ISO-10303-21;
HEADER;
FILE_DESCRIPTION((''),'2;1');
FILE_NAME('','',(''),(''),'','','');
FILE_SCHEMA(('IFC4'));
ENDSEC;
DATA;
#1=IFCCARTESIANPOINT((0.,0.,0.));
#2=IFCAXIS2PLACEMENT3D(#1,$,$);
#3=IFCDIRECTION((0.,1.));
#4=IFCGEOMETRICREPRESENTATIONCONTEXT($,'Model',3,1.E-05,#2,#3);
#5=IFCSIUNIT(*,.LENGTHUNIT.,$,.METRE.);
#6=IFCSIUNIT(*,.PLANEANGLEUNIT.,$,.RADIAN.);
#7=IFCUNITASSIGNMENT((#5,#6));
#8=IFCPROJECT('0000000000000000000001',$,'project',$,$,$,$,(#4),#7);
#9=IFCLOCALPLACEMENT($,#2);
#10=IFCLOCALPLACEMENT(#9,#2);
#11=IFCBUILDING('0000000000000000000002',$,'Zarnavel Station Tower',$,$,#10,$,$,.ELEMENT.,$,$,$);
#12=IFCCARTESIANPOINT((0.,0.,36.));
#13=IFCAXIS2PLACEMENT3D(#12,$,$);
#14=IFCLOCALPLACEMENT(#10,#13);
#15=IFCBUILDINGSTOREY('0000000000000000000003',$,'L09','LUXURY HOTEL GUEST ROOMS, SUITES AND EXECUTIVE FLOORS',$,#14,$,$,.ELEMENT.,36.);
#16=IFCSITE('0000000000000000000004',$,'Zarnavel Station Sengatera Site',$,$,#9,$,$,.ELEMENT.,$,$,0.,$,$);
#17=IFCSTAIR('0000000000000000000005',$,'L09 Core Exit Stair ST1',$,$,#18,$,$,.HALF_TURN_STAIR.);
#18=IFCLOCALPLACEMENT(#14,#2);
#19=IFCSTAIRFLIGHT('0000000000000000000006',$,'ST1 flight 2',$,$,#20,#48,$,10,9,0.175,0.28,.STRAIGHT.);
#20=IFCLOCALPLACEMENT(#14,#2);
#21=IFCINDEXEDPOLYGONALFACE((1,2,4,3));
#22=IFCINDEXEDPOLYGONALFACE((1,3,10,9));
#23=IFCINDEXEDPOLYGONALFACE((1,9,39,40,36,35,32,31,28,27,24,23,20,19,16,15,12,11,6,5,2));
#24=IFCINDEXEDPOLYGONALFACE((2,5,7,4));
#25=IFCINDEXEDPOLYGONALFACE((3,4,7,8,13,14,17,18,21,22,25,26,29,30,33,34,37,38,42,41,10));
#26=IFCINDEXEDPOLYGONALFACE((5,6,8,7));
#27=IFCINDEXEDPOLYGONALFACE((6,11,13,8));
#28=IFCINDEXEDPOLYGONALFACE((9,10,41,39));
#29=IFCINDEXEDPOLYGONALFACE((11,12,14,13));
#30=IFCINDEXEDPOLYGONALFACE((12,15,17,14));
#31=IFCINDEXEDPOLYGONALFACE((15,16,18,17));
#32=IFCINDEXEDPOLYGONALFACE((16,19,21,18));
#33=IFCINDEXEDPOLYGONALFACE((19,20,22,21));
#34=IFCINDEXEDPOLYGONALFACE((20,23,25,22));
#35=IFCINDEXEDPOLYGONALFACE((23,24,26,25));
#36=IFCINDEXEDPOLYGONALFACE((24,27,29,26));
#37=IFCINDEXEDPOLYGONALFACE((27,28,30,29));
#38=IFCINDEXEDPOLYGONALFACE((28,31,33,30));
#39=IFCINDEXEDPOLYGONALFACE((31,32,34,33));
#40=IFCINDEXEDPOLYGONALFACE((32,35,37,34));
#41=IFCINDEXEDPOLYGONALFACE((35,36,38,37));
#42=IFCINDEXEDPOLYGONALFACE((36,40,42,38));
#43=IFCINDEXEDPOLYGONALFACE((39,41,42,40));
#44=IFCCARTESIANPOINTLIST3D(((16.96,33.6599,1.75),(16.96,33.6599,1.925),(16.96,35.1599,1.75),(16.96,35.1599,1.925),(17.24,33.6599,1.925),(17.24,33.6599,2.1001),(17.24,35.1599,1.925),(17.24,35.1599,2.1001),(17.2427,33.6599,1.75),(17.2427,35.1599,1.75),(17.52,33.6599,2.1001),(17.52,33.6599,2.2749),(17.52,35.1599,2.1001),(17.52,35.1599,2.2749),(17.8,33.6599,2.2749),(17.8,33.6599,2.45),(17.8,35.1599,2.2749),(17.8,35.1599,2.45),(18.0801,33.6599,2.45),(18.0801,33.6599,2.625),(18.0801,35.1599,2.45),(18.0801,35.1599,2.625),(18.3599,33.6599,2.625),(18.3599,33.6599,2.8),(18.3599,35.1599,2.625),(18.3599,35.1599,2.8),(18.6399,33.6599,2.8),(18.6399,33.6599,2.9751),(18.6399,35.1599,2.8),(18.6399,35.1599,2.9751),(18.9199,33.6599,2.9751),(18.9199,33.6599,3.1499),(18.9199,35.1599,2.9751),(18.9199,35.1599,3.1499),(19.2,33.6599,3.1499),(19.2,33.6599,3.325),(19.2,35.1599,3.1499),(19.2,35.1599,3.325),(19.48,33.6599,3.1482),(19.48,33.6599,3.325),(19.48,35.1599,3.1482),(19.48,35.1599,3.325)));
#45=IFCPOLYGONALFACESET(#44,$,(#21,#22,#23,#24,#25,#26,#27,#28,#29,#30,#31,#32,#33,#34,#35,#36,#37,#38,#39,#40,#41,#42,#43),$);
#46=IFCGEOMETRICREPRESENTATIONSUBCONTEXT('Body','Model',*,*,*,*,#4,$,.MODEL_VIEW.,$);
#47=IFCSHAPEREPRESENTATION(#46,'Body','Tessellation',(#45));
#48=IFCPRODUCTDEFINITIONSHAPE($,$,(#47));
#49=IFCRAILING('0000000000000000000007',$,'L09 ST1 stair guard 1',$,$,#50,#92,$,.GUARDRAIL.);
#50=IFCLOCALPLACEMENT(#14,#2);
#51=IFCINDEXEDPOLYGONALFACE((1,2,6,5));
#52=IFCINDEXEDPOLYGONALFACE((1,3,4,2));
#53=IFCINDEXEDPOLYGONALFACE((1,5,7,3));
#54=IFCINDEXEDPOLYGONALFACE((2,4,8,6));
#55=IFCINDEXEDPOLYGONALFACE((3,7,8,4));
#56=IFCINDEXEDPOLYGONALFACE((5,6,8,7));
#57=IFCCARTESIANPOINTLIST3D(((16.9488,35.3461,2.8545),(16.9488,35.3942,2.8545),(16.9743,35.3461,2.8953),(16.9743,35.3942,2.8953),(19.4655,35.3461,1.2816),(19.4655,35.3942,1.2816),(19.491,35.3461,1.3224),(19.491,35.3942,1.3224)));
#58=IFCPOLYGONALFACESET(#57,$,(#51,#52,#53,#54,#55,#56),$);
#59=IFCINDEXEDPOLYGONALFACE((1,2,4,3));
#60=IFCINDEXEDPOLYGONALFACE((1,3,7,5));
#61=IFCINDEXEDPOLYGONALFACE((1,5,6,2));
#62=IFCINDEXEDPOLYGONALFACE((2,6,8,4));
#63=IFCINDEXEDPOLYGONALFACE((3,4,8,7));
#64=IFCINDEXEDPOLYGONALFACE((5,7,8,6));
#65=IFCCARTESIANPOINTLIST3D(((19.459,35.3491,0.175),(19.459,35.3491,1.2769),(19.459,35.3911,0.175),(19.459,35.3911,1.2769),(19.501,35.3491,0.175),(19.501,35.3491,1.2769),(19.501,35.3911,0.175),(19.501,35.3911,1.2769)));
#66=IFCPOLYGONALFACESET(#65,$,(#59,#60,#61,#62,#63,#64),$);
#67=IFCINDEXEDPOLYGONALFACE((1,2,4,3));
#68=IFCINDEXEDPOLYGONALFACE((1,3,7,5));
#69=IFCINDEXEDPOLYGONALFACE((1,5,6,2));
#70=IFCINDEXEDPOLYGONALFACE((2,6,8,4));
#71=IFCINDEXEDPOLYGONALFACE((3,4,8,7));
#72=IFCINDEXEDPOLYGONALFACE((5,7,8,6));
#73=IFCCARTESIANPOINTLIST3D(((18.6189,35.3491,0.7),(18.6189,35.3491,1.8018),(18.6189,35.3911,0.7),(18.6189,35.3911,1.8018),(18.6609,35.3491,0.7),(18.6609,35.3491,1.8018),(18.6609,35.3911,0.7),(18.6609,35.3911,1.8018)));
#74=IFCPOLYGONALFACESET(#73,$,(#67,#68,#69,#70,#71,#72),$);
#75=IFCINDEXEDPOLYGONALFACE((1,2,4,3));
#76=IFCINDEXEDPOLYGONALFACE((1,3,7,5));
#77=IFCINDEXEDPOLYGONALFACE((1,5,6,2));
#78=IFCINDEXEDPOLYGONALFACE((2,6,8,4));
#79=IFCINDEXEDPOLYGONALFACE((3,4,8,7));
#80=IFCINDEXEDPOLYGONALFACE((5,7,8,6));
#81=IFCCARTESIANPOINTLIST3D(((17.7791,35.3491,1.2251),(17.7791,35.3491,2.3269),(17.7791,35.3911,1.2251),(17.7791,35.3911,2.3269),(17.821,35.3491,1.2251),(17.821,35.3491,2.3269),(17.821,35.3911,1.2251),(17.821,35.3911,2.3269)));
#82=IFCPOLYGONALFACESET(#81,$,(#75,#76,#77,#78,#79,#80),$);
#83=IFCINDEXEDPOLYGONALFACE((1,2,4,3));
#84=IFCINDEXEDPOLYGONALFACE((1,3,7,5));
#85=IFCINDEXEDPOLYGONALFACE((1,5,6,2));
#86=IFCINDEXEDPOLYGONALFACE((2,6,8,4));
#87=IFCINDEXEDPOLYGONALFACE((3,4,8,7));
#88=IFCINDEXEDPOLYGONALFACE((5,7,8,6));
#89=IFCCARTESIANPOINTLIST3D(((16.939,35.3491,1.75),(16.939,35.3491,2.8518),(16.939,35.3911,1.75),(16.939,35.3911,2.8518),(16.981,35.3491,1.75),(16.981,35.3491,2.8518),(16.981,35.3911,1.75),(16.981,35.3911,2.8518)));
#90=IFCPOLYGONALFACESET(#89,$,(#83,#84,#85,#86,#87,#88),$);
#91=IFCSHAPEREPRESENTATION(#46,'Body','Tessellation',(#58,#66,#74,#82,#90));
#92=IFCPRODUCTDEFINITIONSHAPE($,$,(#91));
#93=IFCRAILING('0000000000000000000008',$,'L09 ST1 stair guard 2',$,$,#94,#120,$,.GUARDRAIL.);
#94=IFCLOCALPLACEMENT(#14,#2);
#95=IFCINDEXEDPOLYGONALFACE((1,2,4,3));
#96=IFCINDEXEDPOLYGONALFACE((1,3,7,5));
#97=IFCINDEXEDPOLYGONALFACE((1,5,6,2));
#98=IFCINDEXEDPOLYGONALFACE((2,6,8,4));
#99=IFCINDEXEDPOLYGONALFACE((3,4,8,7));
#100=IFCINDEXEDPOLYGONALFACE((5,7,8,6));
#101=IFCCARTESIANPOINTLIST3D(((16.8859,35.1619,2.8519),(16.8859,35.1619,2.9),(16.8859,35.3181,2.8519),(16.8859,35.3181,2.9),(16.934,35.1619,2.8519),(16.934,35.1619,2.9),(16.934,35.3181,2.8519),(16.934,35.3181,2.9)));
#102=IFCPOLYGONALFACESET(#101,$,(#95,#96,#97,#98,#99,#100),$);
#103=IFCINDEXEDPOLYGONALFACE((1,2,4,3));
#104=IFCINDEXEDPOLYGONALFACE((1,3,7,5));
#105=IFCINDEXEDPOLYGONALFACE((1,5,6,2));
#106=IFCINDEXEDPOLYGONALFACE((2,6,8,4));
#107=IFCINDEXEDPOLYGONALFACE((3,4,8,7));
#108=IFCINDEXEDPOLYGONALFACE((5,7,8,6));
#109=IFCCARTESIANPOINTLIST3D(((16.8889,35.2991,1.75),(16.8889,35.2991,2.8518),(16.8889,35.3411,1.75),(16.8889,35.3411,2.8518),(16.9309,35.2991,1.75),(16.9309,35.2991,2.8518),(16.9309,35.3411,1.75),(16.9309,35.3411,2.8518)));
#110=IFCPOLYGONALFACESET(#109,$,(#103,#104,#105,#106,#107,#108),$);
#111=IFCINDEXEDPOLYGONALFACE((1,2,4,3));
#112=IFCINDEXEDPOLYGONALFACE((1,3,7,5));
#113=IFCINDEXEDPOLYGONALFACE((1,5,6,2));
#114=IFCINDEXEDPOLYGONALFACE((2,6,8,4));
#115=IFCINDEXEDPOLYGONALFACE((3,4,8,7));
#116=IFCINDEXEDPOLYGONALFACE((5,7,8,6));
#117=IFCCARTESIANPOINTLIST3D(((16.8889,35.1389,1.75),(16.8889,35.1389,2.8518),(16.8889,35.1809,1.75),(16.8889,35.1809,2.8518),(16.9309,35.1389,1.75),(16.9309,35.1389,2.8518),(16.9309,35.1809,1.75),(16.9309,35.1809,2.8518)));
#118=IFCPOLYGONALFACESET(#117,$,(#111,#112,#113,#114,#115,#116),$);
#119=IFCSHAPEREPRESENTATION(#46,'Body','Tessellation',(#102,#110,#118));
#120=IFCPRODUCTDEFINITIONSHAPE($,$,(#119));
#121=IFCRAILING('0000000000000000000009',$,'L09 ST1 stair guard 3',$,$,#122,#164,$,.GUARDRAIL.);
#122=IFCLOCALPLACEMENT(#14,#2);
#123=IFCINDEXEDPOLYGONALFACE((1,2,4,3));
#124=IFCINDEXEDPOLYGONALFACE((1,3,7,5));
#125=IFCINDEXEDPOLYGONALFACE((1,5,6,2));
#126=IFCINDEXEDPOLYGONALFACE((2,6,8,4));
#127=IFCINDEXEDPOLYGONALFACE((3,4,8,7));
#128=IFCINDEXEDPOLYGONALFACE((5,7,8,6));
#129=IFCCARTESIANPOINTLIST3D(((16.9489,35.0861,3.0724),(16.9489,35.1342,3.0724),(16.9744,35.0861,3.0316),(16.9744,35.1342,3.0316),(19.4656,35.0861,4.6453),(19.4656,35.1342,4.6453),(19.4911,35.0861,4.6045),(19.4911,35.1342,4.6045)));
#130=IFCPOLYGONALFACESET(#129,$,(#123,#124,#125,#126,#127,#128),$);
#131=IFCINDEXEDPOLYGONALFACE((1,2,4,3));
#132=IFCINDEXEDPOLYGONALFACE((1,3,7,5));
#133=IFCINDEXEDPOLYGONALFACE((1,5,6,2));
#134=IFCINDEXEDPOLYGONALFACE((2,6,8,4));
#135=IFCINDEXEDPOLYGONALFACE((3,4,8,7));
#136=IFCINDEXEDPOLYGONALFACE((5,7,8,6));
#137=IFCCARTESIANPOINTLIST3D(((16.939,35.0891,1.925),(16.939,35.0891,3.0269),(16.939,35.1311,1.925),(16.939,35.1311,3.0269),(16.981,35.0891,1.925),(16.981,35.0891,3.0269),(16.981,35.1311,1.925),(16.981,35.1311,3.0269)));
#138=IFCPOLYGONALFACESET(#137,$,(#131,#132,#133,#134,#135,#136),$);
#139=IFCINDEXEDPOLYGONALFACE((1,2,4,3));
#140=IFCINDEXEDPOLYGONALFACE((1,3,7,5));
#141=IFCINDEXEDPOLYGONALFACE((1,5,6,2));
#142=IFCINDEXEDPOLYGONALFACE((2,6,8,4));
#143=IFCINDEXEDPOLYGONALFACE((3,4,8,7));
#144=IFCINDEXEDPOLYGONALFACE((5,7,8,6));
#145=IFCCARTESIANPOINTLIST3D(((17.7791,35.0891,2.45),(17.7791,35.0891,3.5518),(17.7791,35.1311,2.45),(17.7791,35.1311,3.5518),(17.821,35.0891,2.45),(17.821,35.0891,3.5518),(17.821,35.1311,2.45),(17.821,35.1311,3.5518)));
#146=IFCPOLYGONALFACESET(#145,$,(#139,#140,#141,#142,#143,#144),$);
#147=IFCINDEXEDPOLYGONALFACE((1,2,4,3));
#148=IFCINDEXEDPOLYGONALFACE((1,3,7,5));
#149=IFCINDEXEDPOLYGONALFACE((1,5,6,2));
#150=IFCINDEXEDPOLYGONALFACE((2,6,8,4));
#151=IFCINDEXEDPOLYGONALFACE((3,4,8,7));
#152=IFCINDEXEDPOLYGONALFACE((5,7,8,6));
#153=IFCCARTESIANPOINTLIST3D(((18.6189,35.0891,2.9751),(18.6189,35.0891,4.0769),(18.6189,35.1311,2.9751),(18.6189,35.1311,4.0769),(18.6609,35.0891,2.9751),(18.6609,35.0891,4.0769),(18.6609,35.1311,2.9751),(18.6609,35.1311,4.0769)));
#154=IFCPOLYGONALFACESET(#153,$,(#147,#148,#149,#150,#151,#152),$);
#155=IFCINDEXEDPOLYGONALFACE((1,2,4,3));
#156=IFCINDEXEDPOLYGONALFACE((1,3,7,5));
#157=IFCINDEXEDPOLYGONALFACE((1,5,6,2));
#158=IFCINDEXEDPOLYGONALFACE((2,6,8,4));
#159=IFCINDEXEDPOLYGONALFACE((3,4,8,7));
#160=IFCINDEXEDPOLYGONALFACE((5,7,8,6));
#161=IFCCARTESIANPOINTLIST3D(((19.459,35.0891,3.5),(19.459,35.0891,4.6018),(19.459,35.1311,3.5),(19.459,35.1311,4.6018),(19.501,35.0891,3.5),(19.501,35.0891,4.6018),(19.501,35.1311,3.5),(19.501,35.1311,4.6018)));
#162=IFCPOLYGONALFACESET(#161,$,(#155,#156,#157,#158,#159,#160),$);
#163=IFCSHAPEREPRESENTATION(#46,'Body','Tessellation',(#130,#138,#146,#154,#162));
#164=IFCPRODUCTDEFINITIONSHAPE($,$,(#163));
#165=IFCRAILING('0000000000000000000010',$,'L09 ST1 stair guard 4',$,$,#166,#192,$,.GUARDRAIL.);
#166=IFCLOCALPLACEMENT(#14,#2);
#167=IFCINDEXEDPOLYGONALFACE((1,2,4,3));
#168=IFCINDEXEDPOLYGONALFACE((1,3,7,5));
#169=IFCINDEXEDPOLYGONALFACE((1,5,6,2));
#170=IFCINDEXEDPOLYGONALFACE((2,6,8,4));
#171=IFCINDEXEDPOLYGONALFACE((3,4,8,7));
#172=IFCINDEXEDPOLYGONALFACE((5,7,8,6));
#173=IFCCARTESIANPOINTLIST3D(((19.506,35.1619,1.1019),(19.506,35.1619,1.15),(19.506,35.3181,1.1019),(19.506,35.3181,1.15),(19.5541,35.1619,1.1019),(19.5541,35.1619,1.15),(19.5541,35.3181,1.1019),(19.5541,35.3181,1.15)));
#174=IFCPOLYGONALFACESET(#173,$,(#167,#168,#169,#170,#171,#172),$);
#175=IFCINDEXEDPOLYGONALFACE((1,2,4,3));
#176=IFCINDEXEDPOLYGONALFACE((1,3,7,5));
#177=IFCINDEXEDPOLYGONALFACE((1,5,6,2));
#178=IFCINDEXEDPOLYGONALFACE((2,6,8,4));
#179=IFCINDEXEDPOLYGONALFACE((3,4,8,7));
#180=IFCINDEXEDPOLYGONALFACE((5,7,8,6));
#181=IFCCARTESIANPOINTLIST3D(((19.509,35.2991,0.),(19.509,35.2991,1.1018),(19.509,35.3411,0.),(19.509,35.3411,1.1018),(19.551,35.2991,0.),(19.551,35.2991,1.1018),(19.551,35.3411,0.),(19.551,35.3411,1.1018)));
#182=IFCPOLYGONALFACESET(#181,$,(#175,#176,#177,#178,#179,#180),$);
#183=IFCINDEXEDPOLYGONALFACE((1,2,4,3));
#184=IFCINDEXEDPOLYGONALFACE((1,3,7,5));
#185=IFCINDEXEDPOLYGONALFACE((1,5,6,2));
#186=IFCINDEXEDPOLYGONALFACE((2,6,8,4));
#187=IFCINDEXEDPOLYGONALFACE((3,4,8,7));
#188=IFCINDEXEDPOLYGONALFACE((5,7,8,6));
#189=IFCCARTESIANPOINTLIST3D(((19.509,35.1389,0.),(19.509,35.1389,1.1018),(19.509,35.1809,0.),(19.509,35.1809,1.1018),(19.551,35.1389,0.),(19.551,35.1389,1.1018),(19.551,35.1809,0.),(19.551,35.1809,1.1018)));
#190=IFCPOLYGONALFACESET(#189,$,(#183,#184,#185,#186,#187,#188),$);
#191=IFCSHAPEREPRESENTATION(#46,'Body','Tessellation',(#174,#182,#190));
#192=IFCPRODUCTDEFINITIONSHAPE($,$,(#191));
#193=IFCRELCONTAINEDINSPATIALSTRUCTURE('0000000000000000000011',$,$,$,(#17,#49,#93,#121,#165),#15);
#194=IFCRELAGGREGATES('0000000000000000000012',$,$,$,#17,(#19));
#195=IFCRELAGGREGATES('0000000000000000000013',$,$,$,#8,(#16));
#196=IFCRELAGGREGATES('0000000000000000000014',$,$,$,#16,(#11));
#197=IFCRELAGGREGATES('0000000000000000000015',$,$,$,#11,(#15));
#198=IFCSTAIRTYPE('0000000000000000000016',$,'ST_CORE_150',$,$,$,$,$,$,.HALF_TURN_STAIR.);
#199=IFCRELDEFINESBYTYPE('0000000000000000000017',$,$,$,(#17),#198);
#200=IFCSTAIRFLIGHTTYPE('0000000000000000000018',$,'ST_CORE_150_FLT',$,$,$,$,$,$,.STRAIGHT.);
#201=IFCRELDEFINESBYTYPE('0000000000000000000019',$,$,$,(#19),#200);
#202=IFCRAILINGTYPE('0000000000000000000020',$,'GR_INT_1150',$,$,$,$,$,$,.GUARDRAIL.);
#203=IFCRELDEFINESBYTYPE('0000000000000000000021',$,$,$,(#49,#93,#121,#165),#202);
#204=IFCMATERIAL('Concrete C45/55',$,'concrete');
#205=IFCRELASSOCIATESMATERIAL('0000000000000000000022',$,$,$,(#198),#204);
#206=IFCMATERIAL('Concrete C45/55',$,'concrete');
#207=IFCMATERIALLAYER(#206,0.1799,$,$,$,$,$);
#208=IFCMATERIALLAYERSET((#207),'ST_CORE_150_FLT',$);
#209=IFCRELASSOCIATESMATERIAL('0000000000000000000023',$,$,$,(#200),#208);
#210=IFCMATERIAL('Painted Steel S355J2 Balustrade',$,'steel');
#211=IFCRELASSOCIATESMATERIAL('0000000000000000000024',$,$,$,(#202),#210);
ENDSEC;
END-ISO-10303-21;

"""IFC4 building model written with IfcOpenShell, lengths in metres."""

from ifc_helpers import new_model, si_unit, direction, frame, origin, origin_2d, place, context, subcontext, project, spatial, polyline, rectangle, outline, extrude, material, layer, layer_set, type_object, element, aggregate, save


model = new_model("IFC4")

# Units and contexts
model_context = context("Model", 3, precision=1e-05, world=origin(), true_north=direction((0.0, 1.0)))
body_context = subcontext(model_context, "Body", "Model", "MODEL_VIEW")
ifc_project = project(units=[si_unit("LENGTHUNIT", "METRE"), si_unit("PLANEANGLEUNIT", "RADIAN")], contexts=[model_context])

# Site, building, storey
site_placement = place(None, origin())
site = spatial("IfcSite", under=ifc_project, at=site_placement, Name="Zarnavel Station Sengatera Site", CompositionType="ELEMENT", RefElevation=0.0)
building_placement = place(site_placement, origin())
building = spatial("IfcBuilding", under=site, at=building_placement, Name="Zarnavel Station Tower", CompositionType="ELEMENT")
storey_placement = place(building_placement, frame((0.0, 0.0, 36.0)))
storey = spatial("IfcBuildingStorey", under=building, at=storey_placement, Name="L09", Description="LUXURY HOTEL GUEST ROOMS, SUITES AND EXECUTIVE FLOORS", CompositionType="ELEMENT", Elevation=36.0)

# Stair, stair flight
ifc_material_1 = material(Name="Concrete C45/55", Category="concrete")
stair_type = type_object("IfcStairType", Name="ST_CORE_150", PredefinedType="HALF_TURN_STAIR", material=ifc_material_1)
stair_placement = place(storey_placement, origin())
stair = element("IfcStair", 1, at=stair_placement, inside=storey, type_object=stair_type, Name="L09 Core Exit Stair ST1", PredefinedType="HALF_TURN_STAIR")
ifc_material_2 = material(Name="Concrete C45/55", Category="concrete")
ifc_layer_1 = layer(ifc_material_2, 0.1799)
ifc_layer_set_1 = layer_set([ifc_layer_1], Name="ST_CORE_150_FLT")
stair_flight_type = type_object("IfcStairFlightType", Name="ST_CORE_150_FLT", PredefinedType="STRAIGHT", material=ifc_layer_set_1)
stair_flight_1_placement = place(storey_placement, frame((16.96, 34.4099, 1.75), z_axis=(0.0, 0.0, 1.0), x_axis=(1.0, 0.0, 0.0)))
stair_flight_1 = element("IfcStairFlight", 2, at=stair_flight_1_placement, type_object=stair_flight_type, Name="ST1 flight 2", NumberOfRisers=10, NumberOfTreads=9, PredefinedType="STRAIGHT", RiserHeight=0.175, TreadLength=0.28, context=body_context, shape_type="SweptSolid", body=[
    extrude(outline(polyline([(0.0, 0.0), (0.0, 0.175), (0.28, 0.175), (0.28, 0.3501), (0.5601, 0.3501), (0.5601, 0.5249), (0.8401, 0.5249), (0.8401, 0.7), (1.1201, 0.7), (1.1201, 0.875), (1.3999, 0.875), (1.3999, 1.05), (1.6799, 1.05), (1.6799, 1.2251), (1.96, 1.2251), (1.96, 1.3999), (2.24, 1.3999), (2.24, 1.575), (2.52, 1.575), (2.52, 1.75), (2.52, 1.3982), (0.2827, 0.0), (0.0, 0.0)])), frame((0.0, 0.75, 0.0), z_axis=(0.0, -1.0, 0.0), x_axis=(1.0, 0.0, 0.0)), (0.0, 0.0, 1.0), 1.5),
])
aggregate(stair, [stair_flight_1])

# Railings
ifc_material_3 = material(Name="Painted Steel S355J2 Balustrade", Category="steel")
railing_type_1 = type_object("IfcRailingType", Name="GR_INT_1150", PredefinedType="GUARDRAIL", material=ifc_material_3)
railing_1_placement = place(storey_placement, frame((19.48, 35.3701, 0.175)))
element("IfcRailing", 3, at=railing_1_placement, inside=storey, type_object=railing_type_1, Name="L09 ST1 stair guard 1", PredefinedType="GUARDRAIL", context=body_context, shape_type="SweptSolid", body=[
    extrude(rectangle(XDim=0.0481, YDim=0.0481, at=origin_2d()), frame((-0.0017, 0.0, 1.127), z_axis=(-0.848008, 0.0, 0.529984), x_axis=(0.0, -1.0, 0.0)), (0.0, 0.0, 1.0), 2.9678),
    extrude(rectangle(XDim=0.042, YDim=0.042, at=origin_2d()), origin(), (0.0, 0.0, 1.0), 1.1018),
    extrude(rectangle(XDim=0.042, YDim=0.042, at=origin_2d()), frame((-0.8401, 0.0, 0.5249)), (0.0, 0.0, 1.0), 1.1018),
    extrude(rectangle(XDim=0.042, YDim=0.042, at=origin_2d()), frame((-1.6799, 0.0, 1.05)), (0.0, 0.0, 1.0), 1.1018),
    extrude(rectangle(XDim=0.042, YDim=0.042, at=origin_2d()), frame((-2.52, 0.0, 1.575)), (0.0, 0.0, 1.0), 1.1018),
])
railing_2_placement = place(storey_placement, frame((16.9099, 35.3201, 1.75)))
element("IfcRailing", 4, at=railing_2_placement, inside=storey, type_object=railing_type_1, Name="L09 ST1 stair guard 2", PredefinedType="GUARDRAIL", context=body_context, shape_type="SweptSolid", body=[
    extrude(rectangle(XDim=0.0481, YDim=0.0481, at=origin_2d()), frame((0.0, -0.002, 1.126), z_axis=(0.0, -1.0, 0.0), x_axis=(1.0, 0.0, 0.0)), (0.0, 0.0, 1.0), 0.1562),
    extrude(rectangle(XDim=0.042, YDim=0.042, at=origin_2d()), origin(), (0.0, 0.0, 1.0), 1.1018),
    extrude(rectangle(XDim=0.042, YDim=0.042, at=origin_2d()), frame((0.0, -0.1602, 0.0)), (0.0, 0.0, 1.0), 1.1018),
])
railing_3_placement = place(storey_placement, frame((16.96, 35.1101, 1.925)))
element("IfcRailing", 5, at=railing_3_placement, inside=storey, type_object=railing_type_1, Name="L09 ST1 stair guard 3", PredefinedType="GUARDRAIL", context=body_context, shape_type="SweptSolid", body=[
    extrude(rectangle(XDim=0.0481, YDim=0.0481, at=origin_2d()), frame((0.0017, 0.0, 1.127), z_axis=(0.848008, 0.0, 0.529984), x_axis=(0.0, 1.0, 0.0)), (0.0, 0.0, 1.0), 2.9678),
    extrude(rectangle(XDim=0.042, YDim=0.042, at=origin_2d()), origin(), (0.0, 0.0, 1.0), 1.1018),
    extrude(rectangle(XDim=0.042, YDim=0.042, at=origin_2d()), frame((0.8401, 0.0, 0.5249)), (0.0, 0.0, 1.0), 1.1018),
    extrude(rectangle(XDim=0.042, YDim=0.042, at=origin_2d()), frame((1.6799, 0.0, 1.05)), (0.0, 0.0, 1.0), 1.1018),
    extrude(rectangle(XDim=0.042, YDim=0.042, at=origin_2d()), frame((2.52, 0.0, 1.575)), (0.0, 0.0, 1.0), 1.1018),
])
railing_4_placement = place(storey_placement, frame((19.53, 35.3201, 0.0)))
element("IfcRailing", 6, at=railing_4_placement, inside=storey, type_object=railing_type_1, Name="L09 ST1 stair guard 4", PredefinedType="GUARDRAIL", context=body_context, shape_type="SweptSolid", body=[
    extrude(rectangle(XDim=0.0481, YDim=0.0481, at=origin_2d()), frame((0.0, -0.002, 1.126), z_axis=(0.0, -1.0, 0.0), x_axis=(1.0, 0.0, 0.0)), (0.0, 0.0, 1.0), 0.1562),
    extrude(rectangle(XDim=0.042, YDim=0.042, at=origin_2d()), origin(), (0.0, 0.0, 1.0), 1.1018),
    extrude(rectangle(XDim=0.042, YDim=0.042, at=origin_2d()), frame((0.0, -0.1602, 0.0)), (0.0, 0.0, 1.0), 1.1018),
])

save(model, "model.ifc")
